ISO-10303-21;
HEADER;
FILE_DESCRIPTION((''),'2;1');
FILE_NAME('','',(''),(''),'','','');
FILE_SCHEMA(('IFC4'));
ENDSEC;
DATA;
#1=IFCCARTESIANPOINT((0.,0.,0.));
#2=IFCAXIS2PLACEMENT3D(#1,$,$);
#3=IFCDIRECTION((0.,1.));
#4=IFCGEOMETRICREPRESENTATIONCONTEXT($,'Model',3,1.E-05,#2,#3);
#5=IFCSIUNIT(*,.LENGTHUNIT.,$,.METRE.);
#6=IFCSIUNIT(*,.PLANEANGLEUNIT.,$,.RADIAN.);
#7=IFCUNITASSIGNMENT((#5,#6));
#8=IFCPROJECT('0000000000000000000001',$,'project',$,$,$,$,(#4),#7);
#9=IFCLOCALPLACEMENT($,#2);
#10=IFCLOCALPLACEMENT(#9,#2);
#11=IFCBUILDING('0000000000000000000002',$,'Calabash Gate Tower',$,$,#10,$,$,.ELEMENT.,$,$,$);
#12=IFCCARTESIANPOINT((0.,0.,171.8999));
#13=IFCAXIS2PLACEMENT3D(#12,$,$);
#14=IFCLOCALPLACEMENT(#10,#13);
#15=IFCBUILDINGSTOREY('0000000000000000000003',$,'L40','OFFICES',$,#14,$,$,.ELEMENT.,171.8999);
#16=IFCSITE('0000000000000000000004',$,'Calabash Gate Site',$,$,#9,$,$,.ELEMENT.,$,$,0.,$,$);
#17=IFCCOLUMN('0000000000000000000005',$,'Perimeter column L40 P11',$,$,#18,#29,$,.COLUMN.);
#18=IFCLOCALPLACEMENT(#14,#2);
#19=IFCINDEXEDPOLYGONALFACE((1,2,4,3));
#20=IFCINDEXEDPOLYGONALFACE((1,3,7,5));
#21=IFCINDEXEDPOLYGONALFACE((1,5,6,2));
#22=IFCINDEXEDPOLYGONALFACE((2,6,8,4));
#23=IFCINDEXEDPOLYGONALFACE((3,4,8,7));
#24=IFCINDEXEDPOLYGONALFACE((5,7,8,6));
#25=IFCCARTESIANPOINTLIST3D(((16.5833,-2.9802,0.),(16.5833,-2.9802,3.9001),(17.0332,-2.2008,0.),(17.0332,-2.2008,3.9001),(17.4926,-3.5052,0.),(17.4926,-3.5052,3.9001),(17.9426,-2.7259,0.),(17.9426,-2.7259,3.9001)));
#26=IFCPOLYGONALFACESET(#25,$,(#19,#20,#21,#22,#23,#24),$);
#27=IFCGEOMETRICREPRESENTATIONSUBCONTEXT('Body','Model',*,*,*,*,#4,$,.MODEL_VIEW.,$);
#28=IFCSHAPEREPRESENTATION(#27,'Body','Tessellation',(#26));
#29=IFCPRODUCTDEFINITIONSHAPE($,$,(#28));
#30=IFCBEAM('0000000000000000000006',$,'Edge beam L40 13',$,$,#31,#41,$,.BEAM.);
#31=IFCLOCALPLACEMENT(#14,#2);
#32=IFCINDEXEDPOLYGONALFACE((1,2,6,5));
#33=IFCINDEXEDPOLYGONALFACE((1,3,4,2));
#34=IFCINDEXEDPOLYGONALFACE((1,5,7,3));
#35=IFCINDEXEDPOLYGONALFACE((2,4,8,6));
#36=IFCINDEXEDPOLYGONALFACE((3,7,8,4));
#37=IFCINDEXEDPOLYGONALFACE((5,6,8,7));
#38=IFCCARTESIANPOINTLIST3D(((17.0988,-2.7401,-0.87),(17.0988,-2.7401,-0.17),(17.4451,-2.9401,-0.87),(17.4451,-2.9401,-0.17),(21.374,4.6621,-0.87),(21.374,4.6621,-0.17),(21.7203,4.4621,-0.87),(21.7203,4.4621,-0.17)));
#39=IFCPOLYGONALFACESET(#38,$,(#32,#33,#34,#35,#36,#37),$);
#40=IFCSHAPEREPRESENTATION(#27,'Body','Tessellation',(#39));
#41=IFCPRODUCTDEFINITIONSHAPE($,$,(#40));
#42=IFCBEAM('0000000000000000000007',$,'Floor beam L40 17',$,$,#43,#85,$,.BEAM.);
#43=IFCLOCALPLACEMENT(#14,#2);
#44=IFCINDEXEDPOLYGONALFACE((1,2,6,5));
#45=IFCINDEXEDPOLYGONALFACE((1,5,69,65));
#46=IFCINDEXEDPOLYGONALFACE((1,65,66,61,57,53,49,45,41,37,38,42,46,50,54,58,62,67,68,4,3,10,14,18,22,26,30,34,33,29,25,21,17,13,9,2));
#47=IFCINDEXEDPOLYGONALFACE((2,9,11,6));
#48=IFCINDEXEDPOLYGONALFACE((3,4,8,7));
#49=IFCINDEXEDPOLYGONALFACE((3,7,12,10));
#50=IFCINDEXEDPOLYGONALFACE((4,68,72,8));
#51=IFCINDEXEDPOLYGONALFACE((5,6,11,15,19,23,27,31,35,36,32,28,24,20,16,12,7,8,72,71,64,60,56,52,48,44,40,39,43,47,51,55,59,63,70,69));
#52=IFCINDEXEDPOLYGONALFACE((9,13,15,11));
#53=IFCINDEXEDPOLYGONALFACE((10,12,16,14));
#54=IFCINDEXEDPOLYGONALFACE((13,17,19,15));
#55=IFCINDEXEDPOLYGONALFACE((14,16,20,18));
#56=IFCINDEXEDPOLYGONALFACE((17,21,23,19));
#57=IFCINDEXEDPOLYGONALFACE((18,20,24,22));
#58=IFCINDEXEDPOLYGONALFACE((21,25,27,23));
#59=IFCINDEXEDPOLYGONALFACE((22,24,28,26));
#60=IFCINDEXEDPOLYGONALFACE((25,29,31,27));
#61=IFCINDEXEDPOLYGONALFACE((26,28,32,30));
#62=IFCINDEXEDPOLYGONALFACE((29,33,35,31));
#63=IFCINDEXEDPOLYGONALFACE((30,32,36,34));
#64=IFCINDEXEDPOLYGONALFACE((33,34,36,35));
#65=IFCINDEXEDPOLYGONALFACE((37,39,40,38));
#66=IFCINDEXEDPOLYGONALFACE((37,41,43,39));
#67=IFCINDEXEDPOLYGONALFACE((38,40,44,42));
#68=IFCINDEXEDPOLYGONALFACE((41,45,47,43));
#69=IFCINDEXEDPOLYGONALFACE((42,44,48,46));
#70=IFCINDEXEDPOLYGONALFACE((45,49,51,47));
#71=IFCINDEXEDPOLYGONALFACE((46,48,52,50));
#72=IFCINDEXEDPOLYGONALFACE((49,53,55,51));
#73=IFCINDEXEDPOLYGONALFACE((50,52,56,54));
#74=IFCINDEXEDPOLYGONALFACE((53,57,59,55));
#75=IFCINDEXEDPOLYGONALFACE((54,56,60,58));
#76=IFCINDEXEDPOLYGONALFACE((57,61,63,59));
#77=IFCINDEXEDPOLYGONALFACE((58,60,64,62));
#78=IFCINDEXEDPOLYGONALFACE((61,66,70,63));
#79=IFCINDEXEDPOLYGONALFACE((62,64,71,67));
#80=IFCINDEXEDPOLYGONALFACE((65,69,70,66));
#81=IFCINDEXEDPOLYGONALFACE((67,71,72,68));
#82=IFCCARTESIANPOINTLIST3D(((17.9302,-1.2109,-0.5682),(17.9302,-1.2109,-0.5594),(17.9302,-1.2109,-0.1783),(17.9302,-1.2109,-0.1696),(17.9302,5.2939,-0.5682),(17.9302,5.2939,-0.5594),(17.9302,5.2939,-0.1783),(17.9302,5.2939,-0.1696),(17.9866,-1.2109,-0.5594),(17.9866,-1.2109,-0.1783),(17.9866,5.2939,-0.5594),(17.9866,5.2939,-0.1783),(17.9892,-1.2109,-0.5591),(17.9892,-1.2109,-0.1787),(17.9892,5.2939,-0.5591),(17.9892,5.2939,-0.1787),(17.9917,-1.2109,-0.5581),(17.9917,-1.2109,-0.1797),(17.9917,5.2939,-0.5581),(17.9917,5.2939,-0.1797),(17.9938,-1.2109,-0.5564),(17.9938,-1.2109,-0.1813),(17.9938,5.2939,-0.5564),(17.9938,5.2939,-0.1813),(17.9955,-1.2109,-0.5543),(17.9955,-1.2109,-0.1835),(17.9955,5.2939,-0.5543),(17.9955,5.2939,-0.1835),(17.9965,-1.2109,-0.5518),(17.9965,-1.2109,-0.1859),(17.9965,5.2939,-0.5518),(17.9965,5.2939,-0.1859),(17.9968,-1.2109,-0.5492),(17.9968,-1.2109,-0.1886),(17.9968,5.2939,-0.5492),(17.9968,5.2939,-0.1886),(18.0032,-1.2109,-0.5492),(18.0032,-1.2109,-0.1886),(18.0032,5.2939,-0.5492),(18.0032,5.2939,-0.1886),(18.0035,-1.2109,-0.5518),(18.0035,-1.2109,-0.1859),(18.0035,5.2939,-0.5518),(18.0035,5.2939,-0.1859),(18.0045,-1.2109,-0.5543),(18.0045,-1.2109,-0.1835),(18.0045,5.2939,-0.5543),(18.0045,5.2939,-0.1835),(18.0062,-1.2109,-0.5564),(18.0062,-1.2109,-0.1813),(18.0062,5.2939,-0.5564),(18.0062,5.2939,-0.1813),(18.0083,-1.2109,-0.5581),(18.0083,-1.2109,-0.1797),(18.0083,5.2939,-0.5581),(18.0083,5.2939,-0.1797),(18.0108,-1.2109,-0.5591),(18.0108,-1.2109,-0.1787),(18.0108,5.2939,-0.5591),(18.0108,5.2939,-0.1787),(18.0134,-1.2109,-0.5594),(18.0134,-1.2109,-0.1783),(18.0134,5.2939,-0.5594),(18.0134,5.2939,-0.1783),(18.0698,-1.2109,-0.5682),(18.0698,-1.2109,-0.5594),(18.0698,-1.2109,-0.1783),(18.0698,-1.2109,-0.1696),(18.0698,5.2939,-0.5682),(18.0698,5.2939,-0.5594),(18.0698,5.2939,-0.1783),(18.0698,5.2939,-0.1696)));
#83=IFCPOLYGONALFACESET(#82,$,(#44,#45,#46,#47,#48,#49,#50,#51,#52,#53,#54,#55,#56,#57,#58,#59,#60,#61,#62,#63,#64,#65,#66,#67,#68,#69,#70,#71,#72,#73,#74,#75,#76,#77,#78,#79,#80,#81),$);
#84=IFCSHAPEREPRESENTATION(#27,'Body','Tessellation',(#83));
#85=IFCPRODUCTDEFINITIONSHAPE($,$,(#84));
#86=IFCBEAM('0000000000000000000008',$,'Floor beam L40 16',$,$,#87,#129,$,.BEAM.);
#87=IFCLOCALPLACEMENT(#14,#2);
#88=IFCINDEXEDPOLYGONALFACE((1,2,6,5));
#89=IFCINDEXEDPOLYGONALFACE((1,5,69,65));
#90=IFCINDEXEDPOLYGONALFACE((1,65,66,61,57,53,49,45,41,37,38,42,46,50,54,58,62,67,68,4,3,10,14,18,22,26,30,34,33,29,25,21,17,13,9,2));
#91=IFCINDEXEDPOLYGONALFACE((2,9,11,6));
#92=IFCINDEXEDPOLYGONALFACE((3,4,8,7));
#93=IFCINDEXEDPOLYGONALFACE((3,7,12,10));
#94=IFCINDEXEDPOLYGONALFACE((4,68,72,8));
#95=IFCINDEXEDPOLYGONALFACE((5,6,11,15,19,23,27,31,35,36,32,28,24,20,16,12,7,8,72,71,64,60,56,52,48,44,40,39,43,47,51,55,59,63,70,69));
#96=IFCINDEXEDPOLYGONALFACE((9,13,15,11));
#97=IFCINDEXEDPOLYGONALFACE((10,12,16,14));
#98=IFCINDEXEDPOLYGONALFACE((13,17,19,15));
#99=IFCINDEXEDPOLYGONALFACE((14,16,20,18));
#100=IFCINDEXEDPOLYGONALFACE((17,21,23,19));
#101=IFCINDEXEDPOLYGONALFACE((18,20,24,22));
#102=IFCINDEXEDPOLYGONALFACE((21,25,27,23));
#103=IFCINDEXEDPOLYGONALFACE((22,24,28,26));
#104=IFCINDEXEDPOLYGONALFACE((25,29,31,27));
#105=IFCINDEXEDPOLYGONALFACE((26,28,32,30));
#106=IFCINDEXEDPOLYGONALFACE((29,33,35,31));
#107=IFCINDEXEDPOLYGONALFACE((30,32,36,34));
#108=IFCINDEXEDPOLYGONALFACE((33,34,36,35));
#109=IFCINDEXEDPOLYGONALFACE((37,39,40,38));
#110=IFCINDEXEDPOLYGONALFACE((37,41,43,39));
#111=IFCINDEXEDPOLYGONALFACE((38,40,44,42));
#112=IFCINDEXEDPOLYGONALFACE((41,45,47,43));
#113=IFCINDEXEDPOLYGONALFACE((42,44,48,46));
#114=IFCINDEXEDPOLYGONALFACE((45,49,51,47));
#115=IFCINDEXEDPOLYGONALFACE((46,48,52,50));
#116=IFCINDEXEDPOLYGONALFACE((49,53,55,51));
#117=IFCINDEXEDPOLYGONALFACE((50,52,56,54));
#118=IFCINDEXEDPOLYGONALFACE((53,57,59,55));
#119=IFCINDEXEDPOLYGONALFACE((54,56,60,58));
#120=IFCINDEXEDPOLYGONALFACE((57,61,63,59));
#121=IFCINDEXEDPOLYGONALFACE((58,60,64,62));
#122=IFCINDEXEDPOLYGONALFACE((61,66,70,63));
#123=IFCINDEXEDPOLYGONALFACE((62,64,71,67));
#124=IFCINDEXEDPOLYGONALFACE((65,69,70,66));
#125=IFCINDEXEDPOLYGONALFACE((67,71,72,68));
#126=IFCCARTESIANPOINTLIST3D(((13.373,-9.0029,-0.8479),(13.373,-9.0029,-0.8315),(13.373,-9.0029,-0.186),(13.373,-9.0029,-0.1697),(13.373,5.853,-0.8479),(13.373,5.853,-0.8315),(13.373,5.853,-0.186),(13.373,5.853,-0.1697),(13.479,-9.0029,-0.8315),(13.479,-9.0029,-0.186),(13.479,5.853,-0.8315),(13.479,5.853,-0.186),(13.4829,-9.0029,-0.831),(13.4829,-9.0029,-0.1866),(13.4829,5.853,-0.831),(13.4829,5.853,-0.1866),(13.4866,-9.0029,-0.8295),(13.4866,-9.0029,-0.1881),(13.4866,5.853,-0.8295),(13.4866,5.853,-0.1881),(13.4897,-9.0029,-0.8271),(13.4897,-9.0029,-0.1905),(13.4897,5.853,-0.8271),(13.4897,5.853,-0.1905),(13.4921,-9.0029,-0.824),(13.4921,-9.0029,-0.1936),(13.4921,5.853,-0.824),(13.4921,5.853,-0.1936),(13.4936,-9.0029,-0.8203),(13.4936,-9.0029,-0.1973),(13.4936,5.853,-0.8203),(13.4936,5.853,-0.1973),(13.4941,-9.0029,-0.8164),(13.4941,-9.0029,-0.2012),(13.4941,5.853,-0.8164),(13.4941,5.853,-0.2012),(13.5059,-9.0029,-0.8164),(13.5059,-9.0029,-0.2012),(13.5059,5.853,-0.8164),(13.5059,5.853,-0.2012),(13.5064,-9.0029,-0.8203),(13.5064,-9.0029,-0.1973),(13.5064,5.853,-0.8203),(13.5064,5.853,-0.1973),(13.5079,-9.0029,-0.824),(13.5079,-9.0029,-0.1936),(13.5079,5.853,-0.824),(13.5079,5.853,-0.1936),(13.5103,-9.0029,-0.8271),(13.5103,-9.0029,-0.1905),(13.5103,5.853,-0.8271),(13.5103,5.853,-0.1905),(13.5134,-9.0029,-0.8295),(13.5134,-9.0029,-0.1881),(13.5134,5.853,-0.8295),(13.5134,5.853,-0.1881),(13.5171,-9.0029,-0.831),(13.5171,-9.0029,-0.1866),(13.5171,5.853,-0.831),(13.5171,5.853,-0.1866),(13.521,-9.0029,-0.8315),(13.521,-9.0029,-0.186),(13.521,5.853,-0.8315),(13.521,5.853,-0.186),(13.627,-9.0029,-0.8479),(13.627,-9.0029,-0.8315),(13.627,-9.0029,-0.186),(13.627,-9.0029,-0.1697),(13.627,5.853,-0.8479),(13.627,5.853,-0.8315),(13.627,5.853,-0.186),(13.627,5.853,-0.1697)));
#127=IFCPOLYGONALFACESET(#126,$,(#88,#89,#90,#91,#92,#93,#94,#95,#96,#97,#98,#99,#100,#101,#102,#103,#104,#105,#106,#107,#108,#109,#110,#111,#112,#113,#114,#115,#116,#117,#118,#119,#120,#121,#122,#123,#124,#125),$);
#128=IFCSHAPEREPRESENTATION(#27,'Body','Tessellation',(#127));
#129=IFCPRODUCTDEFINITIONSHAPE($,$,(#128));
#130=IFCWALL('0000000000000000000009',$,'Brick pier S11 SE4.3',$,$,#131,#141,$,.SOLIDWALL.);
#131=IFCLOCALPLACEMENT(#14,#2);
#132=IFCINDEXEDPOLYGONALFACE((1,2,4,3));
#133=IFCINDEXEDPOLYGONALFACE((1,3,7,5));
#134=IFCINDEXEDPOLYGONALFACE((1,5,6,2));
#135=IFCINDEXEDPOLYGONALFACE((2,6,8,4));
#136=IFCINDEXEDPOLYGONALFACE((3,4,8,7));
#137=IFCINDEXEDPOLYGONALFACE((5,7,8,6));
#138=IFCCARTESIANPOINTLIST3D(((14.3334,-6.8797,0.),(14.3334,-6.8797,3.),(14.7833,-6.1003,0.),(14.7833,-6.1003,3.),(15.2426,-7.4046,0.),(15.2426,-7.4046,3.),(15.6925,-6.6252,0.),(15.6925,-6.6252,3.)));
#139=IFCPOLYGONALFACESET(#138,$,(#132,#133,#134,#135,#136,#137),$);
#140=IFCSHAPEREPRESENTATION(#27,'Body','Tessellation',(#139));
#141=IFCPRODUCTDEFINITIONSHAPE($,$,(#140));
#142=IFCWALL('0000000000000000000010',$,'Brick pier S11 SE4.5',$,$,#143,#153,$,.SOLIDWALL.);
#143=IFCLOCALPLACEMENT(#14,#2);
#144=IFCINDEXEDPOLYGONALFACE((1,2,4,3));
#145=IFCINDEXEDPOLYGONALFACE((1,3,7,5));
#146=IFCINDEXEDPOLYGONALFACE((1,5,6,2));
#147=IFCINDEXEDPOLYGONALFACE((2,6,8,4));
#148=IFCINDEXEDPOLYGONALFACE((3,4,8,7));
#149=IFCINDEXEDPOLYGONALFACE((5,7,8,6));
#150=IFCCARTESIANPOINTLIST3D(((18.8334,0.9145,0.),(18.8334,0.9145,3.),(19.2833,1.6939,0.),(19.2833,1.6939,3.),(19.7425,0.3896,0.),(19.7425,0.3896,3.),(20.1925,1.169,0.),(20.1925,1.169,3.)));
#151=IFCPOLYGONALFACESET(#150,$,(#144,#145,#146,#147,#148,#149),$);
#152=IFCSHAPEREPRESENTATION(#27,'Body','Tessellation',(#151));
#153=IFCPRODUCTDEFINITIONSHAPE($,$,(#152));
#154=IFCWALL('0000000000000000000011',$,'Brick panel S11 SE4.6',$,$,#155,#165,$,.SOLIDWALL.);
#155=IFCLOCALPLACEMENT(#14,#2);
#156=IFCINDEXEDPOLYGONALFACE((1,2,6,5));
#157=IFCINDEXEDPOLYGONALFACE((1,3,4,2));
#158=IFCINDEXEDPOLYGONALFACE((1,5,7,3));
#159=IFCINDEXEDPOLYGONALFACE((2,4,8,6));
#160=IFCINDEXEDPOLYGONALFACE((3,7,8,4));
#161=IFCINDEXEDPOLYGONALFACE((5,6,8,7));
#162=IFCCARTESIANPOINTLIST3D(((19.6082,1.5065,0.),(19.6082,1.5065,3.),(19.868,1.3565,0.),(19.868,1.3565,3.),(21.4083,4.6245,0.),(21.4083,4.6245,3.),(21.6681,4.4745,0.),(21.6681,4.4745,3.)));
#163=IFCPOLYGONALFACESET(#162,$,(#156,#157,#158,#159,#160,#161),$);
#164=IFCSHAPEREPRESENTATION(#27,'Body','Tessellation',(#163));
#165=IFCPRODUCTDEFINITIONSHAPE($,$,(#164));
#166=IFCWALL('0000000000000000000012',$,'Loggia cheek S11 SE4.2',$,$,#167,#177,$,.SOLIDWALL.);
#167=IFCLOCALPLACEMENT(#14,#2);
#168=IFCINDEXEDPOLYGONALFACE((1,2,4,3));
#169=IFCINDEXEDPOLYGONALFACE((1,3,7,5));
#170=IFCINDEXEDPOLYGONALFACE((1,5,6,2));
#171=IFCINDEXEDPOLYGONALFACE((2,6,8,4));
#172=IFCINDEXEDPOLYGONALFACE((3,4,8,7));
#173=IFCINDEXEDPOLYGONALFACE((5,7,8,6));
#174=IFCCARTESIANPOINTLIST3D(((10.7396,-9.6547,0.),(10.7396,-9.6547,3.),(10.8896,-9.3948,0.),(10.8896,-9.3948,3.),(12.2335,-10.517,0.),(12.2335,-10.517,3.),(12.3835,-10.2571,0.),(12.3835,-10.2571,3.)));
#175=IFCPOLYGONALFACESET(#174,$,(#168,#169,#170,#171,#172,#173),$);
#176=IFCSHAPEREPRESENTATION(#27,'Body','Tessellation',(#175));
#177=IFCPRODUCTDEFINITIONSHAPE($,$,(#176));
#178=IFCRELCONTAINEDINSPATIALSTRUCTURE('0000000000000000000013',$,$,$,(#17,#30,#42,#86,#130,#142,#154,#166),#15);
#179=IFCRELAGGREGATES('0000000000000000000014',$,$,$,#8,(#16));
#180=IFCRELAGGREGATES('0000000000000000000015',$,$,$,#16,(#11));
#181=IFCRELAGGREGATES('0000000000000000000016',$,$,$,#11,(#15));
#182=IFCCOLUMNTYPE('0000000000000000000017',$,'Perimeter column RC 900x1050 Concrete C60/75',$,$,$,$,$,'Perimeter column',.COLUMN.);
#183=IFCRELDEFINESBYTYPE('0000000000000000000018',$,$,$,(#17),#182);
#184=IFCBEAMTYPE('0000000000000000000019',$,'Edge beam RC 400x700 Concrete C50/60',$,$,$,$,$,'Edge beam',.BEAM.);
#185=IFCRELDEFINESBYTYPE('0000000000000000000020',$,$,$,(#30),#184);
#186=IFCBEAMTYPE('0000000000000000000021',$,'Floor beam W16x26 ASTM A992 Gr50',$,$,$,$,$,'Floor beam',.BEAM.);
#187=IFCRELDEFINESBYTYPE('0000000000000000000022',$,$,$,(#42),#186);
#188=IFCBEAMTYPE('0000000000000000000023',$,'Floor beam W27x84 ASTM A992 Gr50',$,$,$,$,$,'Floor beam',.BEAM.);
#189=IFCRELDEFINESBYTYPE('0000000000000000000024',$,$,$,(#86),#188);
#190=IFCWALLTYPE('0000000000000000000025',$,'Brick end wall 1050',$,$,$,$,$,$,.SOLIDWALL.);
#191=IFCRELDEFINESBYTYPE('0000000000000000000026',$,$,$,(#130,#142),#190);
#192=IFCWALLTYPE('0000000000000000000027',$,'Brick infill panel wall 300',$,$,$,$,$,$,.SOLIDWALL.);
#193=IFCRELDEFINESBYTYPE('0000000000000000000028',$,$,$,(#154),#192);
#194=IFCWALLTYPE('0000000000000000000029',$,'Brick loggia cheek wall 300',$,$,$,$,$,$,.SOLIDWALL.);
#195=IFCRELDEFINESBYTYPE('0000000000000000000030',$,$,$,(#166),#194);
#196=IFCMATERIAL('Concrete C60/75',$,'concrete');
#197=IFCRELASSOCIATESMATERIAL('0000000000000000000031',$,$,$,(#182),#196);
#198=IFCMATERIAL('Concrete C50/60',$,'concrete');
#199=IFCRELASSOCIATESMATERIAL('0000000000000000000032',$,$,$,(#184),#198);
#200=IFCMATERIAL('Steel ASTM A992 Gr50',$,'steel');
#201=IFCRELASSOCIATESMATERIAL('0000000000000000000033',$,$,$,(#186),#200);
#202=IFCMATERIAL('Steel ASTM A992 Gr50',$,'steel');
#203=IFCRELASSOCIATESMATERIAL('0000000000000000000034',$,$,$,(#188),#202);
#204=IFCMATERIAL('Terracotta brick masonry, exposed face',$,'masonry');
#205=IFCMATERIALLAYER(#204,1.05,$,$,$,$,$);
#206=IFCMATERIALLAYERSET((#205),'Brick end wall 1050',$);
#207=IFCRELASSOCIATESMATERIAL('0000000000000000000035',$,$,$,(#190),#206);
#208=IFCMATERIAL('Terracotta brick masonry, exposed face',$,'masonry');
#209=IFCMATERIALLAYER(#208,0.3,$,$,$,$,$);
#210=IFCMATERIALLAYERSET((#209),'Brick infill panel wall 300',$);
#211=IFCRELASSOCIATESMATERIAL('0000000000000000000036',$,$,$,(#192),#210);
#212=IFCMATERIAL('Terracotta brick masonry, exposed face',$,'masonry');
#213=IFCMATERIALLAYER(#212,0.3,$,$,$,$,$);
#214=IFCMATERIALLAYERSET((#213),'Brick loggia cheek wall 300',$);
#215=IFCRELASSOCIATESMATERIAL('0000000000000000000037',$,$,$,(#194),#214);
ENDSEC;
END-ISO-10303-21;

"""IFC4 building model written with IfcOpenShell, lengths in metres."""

from ifc_helpers import new_model, si_unit, direction, frame, frame_2d, origin, origin_2d, place, context, subcontext, project, spatial, rectangle, i_section, extrude, material, layer, layer_set, material_profile, profile_set, type_object, element, save


model = new_model("IFC4")

# Units and contexts
model_context = context("Model", 3, precision=1e-05, world=origin(), true_north=direction((0.0, 1.0)))
body_context = subcontext(model_context, "Body", "Model", "MODEL_VIEW")
ifc_project = project(units=[si_unit("LENGTHUNIT", "METRE"), si_unit("PLANEANGLEUNIT", "RADIAN")], contexts=[model_context])

# Site, building, storey
site_placement = place(None, origin())
site = spatial("IfcSite", under=ifc_project, at=site_placement, Name="Calabash Gate Site", CompositionType="ELEMENT", RefElevation=0.0)
building_placement = place(site_placement, origin())
building = spatial("IfcBuilding", under=site, at=building_placement, Name="Calabash Gate Tower", CompositionType="ELEMENT")
storey_placement = place(building_placement, frame((0.0, 0.0, 171.8999)))
storey = spatial("IfcBuildingStorey", under=building, at=storey_placement, Name="L40", Description="OFFICES", CompositionType="ELEMENT", Elevation=171.8999)

# Column
ifc_material_1 = material(Name="Concrete C60/75", Category="concrete")
ifc_material_profile_1 = material_profile(ifc_material_1, rectangle(XDim=0.8999, YDim=1.05, at=origin_2d()))
ifc_profile_set_1 = profile_set([ifc_material_profile_1], Name="Concrete C60/75")
column_type = type_object("IfcColumnType", Name="Perimeter column RC 900x1050 Concrete C60/75", ElementType="Perimeter column", PredefinedType="COLUMN", material=ifc_profile_set_1)
column_placement = place(storey_placement, frame((17.2629, -2.853, 0.0), z_axis=(0.0, 0.0, 1.0), x_axis=(0.5, 0.866025, 0.0)))
element("IfcColumn", 1, at=column_placement, inside=storey, type_object=column_type, Name="Perimeter column L40 P11", PredefinedType="COLUMN", context=body_context, shape_type="SweptSolid", body=[
    extrude(rectangle(XDim=0.8999, YDim=1.05, at=origin_2d()), origin(), (0.0, 0.0, 1.0), 3.9001),
])

# Beams
ifc_material_2 = material(Name="Concrete C50/60", Category="concrete")
ifc_material_profile_2 = material_profile(ifc_material_2, rectangle(XDim=0.3999, YDim=0.7, at=origin_2d()))
ifc_profile_set_2 = profile_set([ifc_material_profile_2], Name="Concrete C50/60")
beam_type_1 = type_object("IfcBeamType", Name="Edge beam RC 400x700 Concrete C50/60", ElementType="Edge beam", PredefinedType="BEAM", material=ifc_profile_set_2)
beam_1_placement = place(storey_placement, frame((17.272, -2.8401, -0.52), z_axis=(0.500135, 0.865947, 0.0), x_axis=(-0.865947, 0.500135, 0.0)))
element("IfcBeam", 2, at=beam_1_placement, inside=storey, type_object=beam_type_1, Name="Edge beam L40 13", PredefinedType="BEAM", context=body_context, shape_type="SweptSolid", body=[
    extrude(rectangle(XDim=0.3999, YDim=0.7, at=origin_2d()), origin(), (0.0, 0.0, 1.0), 8.5481),
])
ifc_material_3 = material(Name="Steel ASTM A992 Gr50", Category="steel")
ifc_material_profile_3 = material_profile(ifc_material_3, i_section(OverallWidth=0.1396, OverallDepth=0.3987, WebThickness=0.0063, FlangeThickness=0.0088, FilletRadius=0.0103, at=origin_2d()))
ifc_profile_set_3 = profile_set([ifc_material_profile_3], Name="Steel ASTM A992 Gr50")
beam_type_2 = type_object("IfcBeamType", Name="Floor beam W16x26 ASTM A992 Gr50", ElementType="Floor beam", PredefinedType="BEAM", material=ifc_profile_set_3)
beam_2_placement = place(storey_placement, frame((18.0, -1.2109, -0.3689), z_axis=(0.0, 1.0, 0.0), x_axis=(-1.0, 0.0, 0.0)))
element("IfcBeam", 3, at=beam_2_placement, inside=storey, type_object=beam_type_2, Name="Floor beam L40 17", PredefinedType="BEAM", context=body_context, shape_type="SweptSolid", body=[
    extrude(i_section(OverallWidth=0.1396, OverallDepth=0.3987, WebThickness=0.0063, FlangeThickness=0.0088, FilletRadius=0.0103, at=origin_2d()), origin(), (0.0, 0.0, 1.0), 6.5049),
])
ifc_material_4 = material(Name="Steel ASTM A992 Gr50", Category="steel")
ifc_material_profile_4 = material_profile(ifc_material_4, i_section(OverallWidth=0.2539, OverallDepth=0.6782, WebThickness=0.0117, FlangeThickness=0.0164, FilletRadius=0.0151, at=origin_2d()))
ifc_profile_set_4 = profile_set([ifc_material_profile_4], Name="Steel ASTM A992 Gr50")
beam_type_3 = type_object("IfcBeamType", Name="Floor beam W27x84 ASTM A992 Gr50", ElementType="Floor beam", PredefinedType="BEAM", material=ifc_profile_set_4)
beam_3_placement = place(storey_placement, frame((13.5, -9.0029, -0.5088), z_axis=(0.0, 1.0, 0.0), x_axis=(-1.0, 0.0, 0.0)))
element("IfcBeam", 4, at=beam_3_placement, inside=storey, type_object=beam_type_3, Name="Floor beam L40 16", PredefinedType="BEAM", context=body_context, shape_type="SweptSolid", body=[
    extrude(i_section(OverallWidth=0.2539, OverallDepth=0.6782, WebThickness=0.0117, FlangeThickness=0.0164, FilletRadius=0.0151, at=origin_2d()), origin(), (0.0, 0.0, 1.0), 14.856),
])

# Walls
ifc_material_5 = material(Name="Terracotta brick masonry, exposed face", Category="masonry")
ifc_layer_1 = layer(ifc_material_5, 1.05)
ifc_layer_set_1 = layer_set([ifc_layer_1], Name="Brick end wall 1050")
wall_type_1 = type_object("IfcWallType", Name="Brick end wall 1050", PredefinedType="SOLIDWALL", material=ifc_layer_set_1)
for number, where, z_axis, x_axis, name in (
    (5, (15.4675, -7.0149, 0.0), (0.0, 0.0, 1.0), (-0.866031, 0.499991, 0.0), "Brick pier S11 SE4.3"),
    (6, (19.0583, 1.3042, 0.0), (0.0, 0.0, 1.0), (0.866031, -0.499991, 0.0), "Brick pier S11 SE4.5"),
):
    element("IfcWall", number, at=place(storey_placement, frame(where, z_axis=z_axis, x_axis=x_axis)), inside=storey, type_object=wall_type_1, Name=name, PredefinedType="SOLIDWALL", context=body_context, shape_type="SweptSolid", body=[
        extrude(rectangle(XDim=1.0498, YDim=0.8999, at=frame_2d((0.5249, 0.0))), origin(), (0.0, 0.0, 1.0), 3.0),
    ])
ifc_material_6 = material(Name="Terracotta brick masonry, exposed face", Category="masonry")
ifc_layer_2 = layer(ifc_material_6, 0.3)
ifc_layer_set_2 = layer_set([ifc_layer_2], Name="Brick infill panel wall 300")
wall_type_2 = type_object("IfcWallType", Name="Brick infill panel wall 300", PredefinedType="SOLIDWALL", material=ifc_layer_set_2)
wall_1_placement = place(storey_placement, frame((19.738, 1.4314, 0.0), z_axis=(0.0, 0.0, 1.0), x_axis=(0.499983, 0.866035, 0.0)))
element("IfcWall", 7, at=wall_1_placement, inside=storey, type_object=wall_type_2, Name="Brick panel S11 SE4.6", PredefinedType="SOLIDWALL", context=body_context, shape_type="SweptSolid", body=[
    extrude(rectangle(XDim=3.6003, YDim=0.3, at=frame_2d((1.8003, 0.0))), origin(), (0.0, 0.0, 1.0), 3.0),
])
ifc_material_7 = material(Name="Terracotta brick masonry, exposed face", Category="masonry")
ifc_layer_3 = layer(ifc_material_7, 0.3)
ifc_layer_set_3 = layer_set([ifc_layer_3], Name="Brick loggia cheek wall 300")
wall_type_3 = type_object("IfcWallType", Name="Brick loggia cheek wall 300", PredefinedType="SOLIDWALL", material=ifc_layer_set_3)
wall_2_placement = place(storey_placement, frame((12.3083, -10.387, 0.0), z_axis=(0.0, 0.0, 1.0), x_axis=(-0.866075, 0.499914, 0.0)))
element("IfcWall", 8, at=wall_2_placement, inside=storey, type_object=wall_type_3, Name="Loggia cheek S11 SE4.2", PredefinedType="SOLIDWALL", context=body_context, shape_type="SweptSolid", body=[
    extrude(rectangle(XDim=1.7249, YDim=0.3, at=frame_2d((0.8623, 0.0))), origin(), (0.0, 0.0, 1.0), 3.0),
])

save(model, "model.ifc")
